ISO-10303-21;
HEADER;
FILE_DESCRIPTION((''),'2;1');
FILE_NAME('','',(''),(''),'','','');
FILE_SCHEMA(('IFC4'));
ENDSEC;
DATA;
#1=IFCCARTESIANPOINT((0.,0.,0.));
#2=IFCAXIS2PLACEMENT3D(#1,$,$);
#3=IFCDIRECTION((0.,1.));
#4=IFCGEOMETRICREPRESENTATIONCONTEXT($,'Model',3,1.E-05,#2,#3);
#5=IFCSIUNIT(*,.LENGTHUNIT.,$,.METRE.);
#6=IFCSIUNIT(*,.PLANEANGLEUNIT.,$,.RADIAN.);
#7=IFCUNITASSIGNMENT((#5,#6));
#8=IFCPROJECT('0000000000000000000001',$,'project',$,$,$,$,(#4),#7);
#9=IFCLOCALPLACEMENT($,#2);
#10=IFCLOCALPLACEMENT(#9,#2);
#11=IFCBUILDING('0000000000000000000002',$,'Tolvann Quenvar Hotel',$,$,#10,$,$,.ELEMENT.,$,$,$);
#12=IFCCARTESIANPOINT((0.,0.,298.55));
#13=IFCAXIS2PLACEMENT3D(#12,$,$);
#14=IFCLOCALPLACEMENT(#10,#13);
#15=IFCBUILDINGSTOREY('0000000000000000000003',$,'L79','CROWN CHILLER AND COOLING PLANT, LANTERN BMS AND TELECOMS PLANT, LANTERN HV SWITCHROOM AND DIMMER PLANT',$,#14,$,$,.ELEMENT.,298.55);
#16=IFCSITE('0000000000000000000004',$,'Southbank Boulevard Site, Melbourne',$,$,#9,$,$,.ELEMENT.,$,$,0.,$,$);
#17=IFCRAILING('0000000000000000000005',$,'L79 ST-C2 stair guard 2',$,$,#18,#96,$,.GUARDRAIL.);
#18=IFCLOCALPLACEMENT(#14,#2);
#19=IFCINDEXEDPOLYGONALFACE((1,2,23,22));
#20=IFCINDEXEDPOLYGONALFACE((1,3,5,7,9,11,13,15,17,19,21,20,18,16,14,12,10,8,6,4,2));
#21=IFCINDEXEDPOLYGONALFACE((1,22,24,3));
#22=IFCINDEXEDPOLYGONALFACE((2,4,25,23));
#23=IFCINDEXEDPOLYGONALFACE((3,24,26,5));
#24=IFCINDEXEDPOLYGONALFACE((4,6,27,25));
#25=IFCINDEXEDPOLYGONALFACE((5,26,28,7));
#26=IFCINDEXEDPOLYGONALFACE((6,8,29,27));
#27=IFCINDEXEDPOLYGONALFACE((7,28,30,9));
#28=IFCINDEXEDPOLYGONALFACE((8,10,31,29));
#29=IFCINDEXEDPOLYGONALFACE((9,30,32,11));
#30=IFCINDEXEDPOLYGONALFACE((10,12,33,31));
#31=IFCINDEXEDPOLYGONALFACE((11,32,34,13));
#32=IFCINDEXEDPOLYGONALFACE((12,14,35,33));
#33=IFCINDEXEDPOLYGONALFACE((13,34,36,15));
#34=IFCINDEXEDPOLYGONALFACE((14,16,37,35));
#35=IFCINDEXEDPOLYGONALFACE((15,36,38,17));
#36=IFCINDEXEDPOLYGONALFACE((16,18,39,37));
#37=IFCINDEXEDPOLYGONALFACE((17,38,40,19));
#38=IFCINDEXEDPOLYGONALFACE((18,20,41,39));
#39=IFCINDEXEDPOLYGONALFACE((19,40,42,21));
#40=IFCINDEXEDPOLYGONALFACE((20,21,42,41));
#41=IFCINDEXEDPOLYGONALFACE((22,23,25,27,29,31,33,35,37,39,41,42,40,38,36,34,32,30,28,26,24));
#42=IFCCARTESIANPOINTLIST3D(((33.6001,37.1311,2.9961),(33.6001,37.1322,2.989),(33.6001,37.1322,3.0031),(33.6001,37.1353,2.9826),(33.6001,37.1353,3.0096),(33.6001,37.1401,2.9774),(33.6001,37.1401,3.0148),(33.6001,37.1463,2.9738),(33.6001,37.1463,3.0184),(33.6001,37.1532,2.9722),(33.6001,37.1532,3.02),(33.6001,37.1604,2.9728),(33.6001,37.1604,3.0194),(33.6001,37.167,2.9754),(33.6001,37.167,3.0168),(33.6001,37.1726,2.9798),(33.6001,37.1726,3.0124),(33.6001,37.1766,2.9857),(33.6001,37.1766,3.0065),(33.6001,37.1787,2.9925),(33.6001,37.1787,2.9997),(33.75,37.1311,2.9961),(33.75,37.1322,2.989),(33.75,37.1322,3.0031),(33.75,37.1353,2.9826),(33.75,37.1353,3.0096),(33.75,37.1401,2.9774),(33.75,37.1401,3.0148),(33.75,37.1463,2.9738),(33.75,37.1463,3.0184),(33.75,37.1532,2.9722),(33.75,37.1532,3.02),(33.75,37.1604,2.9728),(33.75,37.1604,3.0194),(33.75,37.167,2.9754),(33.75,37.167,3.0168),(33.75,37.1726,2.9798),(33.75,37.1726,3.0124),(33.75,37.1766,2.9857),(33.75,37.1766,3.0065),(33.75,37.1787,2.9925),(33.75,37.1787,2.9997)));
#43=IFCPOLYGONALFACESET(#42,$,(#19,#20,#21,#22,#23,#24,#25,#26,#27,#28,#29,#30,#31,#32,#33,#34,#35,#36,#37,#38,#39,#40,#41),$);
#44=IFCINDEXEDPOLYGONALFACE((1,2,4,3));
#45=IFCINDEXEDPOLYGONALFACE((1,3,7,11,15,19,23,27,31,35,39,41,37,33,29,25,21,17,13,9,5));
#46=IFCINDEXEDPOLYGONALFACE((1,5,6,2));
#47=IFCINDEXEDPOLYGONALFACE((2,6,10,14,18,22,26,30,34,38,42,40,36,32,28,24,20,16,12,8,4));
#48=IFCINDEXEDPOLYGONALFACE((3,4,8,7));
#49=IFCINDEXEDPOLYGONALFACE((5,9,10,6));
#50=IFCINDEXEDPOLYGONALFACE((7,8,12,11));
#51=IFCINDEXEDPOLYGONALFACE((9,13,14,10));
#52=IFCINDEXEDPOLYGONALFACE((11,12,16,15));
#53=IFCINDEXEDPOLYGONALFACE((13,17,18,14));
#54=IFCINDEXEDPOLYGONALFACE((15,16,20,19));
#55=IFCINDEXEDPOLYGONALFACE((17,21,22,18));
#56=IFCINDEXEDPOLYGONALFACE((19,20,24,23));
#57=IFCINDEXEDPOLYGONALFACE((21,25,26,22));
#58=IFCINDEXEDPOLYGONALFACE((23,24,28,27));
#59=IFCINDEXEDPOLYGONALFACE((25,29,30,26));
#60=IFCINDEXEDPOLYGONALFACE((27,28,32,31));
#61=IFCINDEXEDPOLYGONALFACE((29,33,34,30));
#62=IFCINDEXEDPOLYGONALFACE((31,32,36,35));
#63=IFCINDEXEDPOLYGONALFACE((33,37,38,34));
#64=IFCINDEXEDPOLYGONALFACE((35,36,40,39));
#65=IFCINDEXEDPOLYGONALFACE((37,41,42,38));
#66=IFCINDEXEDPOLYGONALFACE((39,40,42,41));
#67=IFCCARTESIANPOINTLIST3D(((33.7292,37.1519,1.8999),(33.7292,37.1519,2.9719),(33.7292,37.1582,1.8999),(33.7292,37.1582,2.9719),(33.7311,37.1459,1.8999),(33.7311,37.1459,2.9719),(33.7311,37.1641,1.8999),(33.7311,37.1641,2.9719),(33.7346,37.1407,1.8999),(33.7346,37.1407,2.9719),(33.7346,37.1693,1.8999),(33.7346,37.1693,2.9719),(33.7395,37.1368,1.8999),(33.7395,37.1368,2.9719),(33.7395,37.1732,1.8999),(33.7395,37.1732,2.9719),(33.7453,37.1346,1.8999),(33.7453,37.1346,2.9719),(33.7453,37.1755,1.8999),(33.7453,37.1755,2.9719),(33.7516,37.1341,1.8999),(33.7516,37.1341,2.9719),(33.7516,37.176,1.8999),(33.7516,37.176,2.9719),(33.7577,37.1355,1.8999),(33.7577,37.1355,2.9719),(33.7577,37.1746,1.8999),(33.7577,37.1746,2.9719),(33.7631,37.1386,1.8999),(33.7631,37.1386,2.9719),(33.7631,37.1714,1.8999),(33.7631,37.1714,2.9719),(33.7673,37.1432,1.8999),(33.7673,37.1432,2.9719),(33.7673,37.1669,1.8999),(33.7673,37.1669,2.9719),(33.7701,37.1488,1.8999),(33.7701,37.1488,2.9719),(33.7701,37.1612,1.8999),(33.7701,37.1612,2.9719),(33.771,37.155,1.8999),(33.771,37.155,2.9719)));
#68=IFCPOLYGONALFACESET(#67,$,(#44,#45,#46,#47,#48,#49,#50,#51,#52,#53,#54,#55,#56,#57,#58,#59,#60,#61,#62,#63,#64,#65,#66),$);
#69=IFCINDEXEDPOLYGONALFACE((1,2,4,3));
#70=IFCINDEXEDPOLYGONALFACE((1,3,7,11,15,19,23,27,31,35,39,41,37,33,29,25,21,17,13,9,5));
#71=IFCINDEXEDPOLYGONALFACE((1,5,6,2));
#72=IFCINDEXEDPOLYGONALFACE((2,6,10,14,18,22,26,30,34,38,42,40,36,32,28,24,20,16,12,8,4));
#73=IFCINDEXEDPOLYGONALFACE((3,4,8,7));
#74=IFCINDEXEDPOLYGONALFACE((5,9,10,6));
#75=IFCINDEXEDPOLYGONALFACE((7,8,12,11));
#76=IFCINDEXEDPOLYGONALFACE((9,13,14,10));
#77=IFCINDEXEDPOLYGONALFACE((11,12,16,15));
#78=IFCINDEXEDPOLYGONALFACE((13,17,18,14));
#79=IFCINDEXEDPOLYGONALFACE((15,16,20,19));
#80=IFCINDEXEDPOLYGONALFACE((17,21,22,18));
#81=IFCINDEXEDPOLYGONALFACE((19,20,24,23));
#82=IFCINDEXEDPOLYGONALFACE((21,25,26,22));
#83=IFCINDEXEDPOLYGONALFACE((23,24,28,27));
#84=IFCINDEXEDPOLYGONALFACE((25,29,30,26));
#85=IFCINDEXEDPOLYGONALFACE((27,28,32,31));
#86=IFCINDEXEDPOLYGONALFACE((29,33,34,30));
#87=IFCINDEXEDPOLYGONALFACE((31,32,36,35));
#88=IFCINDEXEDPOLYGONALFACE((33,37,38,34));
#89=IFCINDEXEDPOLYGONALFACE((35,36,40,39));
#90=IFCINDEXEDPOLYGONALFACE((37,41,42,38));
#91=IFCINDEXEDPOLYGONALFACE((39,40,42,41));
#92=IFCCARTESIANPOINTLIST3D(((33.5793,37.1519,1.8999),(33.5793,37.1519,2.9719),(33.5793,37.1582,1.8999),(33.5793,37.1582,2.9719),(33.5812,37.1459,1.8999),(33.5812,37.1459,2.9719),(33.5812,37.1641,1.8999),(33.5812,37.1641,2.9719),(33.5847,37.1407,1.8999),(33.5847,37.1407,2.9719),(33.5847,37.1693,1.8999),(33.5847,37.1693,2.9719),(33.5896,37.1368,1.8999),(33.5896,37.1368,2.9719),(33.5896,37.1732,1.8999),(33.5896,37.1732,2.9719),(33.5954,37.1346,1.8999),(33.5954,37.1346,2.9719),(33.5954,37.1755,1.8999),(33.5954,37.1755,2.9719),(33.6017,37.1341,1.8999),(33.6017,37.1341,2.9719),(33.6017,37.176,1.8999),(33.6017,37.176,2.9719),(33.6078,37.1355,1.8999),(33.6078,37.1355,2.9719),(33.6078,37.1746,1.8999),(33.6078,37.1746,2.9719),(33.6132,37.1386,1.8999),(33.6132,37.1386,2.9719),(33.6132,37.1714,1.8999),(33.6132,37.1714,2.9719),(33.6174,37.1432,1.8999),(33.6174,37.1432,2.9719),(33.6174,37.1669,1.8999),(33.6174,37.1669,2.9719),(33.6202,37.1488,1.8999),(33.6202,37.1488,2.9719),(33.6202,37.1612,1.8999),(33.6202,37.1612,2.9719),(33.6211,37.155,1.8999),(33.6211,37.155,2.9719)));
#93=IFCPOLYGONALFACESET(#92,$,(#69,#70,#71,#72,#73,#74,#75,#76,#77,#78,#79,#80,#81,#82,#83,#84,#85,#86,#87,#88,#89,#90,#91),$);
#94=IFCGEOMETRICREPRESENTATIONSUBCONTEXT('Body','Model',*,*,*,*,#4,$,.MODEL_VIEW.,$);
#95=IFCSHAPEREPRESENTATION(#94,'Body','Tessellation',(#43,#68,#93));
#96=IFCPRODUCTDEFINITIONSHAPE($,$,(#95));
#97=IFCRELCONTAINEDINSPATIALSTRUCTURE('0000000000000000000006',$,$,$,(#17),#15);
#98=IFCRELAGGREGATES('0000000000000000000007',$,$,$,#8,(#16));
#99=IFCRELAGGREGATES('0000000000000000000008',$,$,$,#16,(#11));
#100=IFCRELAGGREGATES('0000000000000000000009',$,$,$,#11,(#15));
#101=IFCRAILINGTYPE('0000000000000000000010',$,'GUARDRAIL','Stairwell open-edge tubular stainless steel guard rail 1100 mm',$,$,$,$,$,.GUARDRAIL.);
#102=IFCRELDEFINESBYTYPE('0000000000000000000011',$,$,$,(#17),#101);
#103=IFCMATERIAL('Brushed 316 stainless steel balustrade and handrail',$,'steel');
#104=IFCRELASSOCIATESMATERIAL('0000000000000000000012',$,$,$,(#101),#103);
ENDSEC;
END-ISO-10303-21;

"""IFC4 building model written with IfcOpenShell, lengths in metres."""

from ifc_helpers import new_model, si_unit, direction, frame, origin, origin_2d, place, context, subcontext, project, spatial, circle, extrude, material, type_object, element, save


model = new_model("IFC4")

# Units and contexts
model_context = context("Model", 3, precision=1e-05, world=origin(), true_north=direction((0.0, 1.0)))
body_context = subcontext(model_context, "Body", "Model", "MODEL_VIEW")
ifc_project = project(units=[si_unit("LENGTHUNIT", "METRE"), si_unit("PLANEANGLEUNIT", "RADIAN")], contexts=[model_context])

# Site, building, storey
site_placement = place(None, origin())
site = spatial("IfcSite", under=ifc_project, at=site_placement, Name="Southbank Boulevard Site, Melbourne", CompositionType="ELEMENT", RefElevation=0.0)
building_placement = place(site_placement, origin())
building = spatial("IfcBuilding", under=site, at=building_placement, Name="Tolvann Quenvar Hotel", CompositionType="ELEMENT")
storey_placement = place(building_placement, frame((0.0, 0.0, 298.55)))
storey = spatial("IfcBuildingStorey", under=building, at=storey_placement, Name="L79", Description="CROWN CHILLER AND COOLING PLANT, LANTERN BMS AND TELECOMS PLANT, LANTERN HV SWITCHROOM AND DIMMER PLANT", CompositionType="ELEMENT", Elevation=298.55)

# Railing
ifc_material_1 = material(Name="Brushed 316 stainless steel balustrade and handrail", Category="steel")
railing_type_1 = type_object("IfcRailingType", Name="GUARDRAIL", Description="Stairwell open-edge tubular stainless steel guard rail 1100 mm", PredefinedType="GUARDRAIL", material=ifc_material_1)
railing_1_placement = place(storey_placement, frame((33.75, 37.155, 1.8999)))
element("IfcRailing", 1, at=railing_1_placement, inside=storey, type_object=railing_type_1, Name="L79 ST-C2 stair guard 2", PredefinedType="GUARDRAIL", context=body_context, shape_type="SweptSolid", body=[
    extrude(circle(Radius=0.0239, at=origin_2d()), frame((0.0, 0.0, 1.0962), z_axis=(-1.0, 0.0, 0.0), x_axis=(0.0, -1.0, 0.0)), (0.0, 0.0, 1.0), 0.1499),
    extrude(circle(Radius=0.021, at=origin_2d()), origin(), (0.0, 0.0, 1.0), 1.072),
    extrude(circle(Radius=0.021, at=origin_2d()), frame((-0.1499, 0.0, 0.0)), (0.0, 0.0, 1.0), 1.072),
])

save(model, "model.ifc")
